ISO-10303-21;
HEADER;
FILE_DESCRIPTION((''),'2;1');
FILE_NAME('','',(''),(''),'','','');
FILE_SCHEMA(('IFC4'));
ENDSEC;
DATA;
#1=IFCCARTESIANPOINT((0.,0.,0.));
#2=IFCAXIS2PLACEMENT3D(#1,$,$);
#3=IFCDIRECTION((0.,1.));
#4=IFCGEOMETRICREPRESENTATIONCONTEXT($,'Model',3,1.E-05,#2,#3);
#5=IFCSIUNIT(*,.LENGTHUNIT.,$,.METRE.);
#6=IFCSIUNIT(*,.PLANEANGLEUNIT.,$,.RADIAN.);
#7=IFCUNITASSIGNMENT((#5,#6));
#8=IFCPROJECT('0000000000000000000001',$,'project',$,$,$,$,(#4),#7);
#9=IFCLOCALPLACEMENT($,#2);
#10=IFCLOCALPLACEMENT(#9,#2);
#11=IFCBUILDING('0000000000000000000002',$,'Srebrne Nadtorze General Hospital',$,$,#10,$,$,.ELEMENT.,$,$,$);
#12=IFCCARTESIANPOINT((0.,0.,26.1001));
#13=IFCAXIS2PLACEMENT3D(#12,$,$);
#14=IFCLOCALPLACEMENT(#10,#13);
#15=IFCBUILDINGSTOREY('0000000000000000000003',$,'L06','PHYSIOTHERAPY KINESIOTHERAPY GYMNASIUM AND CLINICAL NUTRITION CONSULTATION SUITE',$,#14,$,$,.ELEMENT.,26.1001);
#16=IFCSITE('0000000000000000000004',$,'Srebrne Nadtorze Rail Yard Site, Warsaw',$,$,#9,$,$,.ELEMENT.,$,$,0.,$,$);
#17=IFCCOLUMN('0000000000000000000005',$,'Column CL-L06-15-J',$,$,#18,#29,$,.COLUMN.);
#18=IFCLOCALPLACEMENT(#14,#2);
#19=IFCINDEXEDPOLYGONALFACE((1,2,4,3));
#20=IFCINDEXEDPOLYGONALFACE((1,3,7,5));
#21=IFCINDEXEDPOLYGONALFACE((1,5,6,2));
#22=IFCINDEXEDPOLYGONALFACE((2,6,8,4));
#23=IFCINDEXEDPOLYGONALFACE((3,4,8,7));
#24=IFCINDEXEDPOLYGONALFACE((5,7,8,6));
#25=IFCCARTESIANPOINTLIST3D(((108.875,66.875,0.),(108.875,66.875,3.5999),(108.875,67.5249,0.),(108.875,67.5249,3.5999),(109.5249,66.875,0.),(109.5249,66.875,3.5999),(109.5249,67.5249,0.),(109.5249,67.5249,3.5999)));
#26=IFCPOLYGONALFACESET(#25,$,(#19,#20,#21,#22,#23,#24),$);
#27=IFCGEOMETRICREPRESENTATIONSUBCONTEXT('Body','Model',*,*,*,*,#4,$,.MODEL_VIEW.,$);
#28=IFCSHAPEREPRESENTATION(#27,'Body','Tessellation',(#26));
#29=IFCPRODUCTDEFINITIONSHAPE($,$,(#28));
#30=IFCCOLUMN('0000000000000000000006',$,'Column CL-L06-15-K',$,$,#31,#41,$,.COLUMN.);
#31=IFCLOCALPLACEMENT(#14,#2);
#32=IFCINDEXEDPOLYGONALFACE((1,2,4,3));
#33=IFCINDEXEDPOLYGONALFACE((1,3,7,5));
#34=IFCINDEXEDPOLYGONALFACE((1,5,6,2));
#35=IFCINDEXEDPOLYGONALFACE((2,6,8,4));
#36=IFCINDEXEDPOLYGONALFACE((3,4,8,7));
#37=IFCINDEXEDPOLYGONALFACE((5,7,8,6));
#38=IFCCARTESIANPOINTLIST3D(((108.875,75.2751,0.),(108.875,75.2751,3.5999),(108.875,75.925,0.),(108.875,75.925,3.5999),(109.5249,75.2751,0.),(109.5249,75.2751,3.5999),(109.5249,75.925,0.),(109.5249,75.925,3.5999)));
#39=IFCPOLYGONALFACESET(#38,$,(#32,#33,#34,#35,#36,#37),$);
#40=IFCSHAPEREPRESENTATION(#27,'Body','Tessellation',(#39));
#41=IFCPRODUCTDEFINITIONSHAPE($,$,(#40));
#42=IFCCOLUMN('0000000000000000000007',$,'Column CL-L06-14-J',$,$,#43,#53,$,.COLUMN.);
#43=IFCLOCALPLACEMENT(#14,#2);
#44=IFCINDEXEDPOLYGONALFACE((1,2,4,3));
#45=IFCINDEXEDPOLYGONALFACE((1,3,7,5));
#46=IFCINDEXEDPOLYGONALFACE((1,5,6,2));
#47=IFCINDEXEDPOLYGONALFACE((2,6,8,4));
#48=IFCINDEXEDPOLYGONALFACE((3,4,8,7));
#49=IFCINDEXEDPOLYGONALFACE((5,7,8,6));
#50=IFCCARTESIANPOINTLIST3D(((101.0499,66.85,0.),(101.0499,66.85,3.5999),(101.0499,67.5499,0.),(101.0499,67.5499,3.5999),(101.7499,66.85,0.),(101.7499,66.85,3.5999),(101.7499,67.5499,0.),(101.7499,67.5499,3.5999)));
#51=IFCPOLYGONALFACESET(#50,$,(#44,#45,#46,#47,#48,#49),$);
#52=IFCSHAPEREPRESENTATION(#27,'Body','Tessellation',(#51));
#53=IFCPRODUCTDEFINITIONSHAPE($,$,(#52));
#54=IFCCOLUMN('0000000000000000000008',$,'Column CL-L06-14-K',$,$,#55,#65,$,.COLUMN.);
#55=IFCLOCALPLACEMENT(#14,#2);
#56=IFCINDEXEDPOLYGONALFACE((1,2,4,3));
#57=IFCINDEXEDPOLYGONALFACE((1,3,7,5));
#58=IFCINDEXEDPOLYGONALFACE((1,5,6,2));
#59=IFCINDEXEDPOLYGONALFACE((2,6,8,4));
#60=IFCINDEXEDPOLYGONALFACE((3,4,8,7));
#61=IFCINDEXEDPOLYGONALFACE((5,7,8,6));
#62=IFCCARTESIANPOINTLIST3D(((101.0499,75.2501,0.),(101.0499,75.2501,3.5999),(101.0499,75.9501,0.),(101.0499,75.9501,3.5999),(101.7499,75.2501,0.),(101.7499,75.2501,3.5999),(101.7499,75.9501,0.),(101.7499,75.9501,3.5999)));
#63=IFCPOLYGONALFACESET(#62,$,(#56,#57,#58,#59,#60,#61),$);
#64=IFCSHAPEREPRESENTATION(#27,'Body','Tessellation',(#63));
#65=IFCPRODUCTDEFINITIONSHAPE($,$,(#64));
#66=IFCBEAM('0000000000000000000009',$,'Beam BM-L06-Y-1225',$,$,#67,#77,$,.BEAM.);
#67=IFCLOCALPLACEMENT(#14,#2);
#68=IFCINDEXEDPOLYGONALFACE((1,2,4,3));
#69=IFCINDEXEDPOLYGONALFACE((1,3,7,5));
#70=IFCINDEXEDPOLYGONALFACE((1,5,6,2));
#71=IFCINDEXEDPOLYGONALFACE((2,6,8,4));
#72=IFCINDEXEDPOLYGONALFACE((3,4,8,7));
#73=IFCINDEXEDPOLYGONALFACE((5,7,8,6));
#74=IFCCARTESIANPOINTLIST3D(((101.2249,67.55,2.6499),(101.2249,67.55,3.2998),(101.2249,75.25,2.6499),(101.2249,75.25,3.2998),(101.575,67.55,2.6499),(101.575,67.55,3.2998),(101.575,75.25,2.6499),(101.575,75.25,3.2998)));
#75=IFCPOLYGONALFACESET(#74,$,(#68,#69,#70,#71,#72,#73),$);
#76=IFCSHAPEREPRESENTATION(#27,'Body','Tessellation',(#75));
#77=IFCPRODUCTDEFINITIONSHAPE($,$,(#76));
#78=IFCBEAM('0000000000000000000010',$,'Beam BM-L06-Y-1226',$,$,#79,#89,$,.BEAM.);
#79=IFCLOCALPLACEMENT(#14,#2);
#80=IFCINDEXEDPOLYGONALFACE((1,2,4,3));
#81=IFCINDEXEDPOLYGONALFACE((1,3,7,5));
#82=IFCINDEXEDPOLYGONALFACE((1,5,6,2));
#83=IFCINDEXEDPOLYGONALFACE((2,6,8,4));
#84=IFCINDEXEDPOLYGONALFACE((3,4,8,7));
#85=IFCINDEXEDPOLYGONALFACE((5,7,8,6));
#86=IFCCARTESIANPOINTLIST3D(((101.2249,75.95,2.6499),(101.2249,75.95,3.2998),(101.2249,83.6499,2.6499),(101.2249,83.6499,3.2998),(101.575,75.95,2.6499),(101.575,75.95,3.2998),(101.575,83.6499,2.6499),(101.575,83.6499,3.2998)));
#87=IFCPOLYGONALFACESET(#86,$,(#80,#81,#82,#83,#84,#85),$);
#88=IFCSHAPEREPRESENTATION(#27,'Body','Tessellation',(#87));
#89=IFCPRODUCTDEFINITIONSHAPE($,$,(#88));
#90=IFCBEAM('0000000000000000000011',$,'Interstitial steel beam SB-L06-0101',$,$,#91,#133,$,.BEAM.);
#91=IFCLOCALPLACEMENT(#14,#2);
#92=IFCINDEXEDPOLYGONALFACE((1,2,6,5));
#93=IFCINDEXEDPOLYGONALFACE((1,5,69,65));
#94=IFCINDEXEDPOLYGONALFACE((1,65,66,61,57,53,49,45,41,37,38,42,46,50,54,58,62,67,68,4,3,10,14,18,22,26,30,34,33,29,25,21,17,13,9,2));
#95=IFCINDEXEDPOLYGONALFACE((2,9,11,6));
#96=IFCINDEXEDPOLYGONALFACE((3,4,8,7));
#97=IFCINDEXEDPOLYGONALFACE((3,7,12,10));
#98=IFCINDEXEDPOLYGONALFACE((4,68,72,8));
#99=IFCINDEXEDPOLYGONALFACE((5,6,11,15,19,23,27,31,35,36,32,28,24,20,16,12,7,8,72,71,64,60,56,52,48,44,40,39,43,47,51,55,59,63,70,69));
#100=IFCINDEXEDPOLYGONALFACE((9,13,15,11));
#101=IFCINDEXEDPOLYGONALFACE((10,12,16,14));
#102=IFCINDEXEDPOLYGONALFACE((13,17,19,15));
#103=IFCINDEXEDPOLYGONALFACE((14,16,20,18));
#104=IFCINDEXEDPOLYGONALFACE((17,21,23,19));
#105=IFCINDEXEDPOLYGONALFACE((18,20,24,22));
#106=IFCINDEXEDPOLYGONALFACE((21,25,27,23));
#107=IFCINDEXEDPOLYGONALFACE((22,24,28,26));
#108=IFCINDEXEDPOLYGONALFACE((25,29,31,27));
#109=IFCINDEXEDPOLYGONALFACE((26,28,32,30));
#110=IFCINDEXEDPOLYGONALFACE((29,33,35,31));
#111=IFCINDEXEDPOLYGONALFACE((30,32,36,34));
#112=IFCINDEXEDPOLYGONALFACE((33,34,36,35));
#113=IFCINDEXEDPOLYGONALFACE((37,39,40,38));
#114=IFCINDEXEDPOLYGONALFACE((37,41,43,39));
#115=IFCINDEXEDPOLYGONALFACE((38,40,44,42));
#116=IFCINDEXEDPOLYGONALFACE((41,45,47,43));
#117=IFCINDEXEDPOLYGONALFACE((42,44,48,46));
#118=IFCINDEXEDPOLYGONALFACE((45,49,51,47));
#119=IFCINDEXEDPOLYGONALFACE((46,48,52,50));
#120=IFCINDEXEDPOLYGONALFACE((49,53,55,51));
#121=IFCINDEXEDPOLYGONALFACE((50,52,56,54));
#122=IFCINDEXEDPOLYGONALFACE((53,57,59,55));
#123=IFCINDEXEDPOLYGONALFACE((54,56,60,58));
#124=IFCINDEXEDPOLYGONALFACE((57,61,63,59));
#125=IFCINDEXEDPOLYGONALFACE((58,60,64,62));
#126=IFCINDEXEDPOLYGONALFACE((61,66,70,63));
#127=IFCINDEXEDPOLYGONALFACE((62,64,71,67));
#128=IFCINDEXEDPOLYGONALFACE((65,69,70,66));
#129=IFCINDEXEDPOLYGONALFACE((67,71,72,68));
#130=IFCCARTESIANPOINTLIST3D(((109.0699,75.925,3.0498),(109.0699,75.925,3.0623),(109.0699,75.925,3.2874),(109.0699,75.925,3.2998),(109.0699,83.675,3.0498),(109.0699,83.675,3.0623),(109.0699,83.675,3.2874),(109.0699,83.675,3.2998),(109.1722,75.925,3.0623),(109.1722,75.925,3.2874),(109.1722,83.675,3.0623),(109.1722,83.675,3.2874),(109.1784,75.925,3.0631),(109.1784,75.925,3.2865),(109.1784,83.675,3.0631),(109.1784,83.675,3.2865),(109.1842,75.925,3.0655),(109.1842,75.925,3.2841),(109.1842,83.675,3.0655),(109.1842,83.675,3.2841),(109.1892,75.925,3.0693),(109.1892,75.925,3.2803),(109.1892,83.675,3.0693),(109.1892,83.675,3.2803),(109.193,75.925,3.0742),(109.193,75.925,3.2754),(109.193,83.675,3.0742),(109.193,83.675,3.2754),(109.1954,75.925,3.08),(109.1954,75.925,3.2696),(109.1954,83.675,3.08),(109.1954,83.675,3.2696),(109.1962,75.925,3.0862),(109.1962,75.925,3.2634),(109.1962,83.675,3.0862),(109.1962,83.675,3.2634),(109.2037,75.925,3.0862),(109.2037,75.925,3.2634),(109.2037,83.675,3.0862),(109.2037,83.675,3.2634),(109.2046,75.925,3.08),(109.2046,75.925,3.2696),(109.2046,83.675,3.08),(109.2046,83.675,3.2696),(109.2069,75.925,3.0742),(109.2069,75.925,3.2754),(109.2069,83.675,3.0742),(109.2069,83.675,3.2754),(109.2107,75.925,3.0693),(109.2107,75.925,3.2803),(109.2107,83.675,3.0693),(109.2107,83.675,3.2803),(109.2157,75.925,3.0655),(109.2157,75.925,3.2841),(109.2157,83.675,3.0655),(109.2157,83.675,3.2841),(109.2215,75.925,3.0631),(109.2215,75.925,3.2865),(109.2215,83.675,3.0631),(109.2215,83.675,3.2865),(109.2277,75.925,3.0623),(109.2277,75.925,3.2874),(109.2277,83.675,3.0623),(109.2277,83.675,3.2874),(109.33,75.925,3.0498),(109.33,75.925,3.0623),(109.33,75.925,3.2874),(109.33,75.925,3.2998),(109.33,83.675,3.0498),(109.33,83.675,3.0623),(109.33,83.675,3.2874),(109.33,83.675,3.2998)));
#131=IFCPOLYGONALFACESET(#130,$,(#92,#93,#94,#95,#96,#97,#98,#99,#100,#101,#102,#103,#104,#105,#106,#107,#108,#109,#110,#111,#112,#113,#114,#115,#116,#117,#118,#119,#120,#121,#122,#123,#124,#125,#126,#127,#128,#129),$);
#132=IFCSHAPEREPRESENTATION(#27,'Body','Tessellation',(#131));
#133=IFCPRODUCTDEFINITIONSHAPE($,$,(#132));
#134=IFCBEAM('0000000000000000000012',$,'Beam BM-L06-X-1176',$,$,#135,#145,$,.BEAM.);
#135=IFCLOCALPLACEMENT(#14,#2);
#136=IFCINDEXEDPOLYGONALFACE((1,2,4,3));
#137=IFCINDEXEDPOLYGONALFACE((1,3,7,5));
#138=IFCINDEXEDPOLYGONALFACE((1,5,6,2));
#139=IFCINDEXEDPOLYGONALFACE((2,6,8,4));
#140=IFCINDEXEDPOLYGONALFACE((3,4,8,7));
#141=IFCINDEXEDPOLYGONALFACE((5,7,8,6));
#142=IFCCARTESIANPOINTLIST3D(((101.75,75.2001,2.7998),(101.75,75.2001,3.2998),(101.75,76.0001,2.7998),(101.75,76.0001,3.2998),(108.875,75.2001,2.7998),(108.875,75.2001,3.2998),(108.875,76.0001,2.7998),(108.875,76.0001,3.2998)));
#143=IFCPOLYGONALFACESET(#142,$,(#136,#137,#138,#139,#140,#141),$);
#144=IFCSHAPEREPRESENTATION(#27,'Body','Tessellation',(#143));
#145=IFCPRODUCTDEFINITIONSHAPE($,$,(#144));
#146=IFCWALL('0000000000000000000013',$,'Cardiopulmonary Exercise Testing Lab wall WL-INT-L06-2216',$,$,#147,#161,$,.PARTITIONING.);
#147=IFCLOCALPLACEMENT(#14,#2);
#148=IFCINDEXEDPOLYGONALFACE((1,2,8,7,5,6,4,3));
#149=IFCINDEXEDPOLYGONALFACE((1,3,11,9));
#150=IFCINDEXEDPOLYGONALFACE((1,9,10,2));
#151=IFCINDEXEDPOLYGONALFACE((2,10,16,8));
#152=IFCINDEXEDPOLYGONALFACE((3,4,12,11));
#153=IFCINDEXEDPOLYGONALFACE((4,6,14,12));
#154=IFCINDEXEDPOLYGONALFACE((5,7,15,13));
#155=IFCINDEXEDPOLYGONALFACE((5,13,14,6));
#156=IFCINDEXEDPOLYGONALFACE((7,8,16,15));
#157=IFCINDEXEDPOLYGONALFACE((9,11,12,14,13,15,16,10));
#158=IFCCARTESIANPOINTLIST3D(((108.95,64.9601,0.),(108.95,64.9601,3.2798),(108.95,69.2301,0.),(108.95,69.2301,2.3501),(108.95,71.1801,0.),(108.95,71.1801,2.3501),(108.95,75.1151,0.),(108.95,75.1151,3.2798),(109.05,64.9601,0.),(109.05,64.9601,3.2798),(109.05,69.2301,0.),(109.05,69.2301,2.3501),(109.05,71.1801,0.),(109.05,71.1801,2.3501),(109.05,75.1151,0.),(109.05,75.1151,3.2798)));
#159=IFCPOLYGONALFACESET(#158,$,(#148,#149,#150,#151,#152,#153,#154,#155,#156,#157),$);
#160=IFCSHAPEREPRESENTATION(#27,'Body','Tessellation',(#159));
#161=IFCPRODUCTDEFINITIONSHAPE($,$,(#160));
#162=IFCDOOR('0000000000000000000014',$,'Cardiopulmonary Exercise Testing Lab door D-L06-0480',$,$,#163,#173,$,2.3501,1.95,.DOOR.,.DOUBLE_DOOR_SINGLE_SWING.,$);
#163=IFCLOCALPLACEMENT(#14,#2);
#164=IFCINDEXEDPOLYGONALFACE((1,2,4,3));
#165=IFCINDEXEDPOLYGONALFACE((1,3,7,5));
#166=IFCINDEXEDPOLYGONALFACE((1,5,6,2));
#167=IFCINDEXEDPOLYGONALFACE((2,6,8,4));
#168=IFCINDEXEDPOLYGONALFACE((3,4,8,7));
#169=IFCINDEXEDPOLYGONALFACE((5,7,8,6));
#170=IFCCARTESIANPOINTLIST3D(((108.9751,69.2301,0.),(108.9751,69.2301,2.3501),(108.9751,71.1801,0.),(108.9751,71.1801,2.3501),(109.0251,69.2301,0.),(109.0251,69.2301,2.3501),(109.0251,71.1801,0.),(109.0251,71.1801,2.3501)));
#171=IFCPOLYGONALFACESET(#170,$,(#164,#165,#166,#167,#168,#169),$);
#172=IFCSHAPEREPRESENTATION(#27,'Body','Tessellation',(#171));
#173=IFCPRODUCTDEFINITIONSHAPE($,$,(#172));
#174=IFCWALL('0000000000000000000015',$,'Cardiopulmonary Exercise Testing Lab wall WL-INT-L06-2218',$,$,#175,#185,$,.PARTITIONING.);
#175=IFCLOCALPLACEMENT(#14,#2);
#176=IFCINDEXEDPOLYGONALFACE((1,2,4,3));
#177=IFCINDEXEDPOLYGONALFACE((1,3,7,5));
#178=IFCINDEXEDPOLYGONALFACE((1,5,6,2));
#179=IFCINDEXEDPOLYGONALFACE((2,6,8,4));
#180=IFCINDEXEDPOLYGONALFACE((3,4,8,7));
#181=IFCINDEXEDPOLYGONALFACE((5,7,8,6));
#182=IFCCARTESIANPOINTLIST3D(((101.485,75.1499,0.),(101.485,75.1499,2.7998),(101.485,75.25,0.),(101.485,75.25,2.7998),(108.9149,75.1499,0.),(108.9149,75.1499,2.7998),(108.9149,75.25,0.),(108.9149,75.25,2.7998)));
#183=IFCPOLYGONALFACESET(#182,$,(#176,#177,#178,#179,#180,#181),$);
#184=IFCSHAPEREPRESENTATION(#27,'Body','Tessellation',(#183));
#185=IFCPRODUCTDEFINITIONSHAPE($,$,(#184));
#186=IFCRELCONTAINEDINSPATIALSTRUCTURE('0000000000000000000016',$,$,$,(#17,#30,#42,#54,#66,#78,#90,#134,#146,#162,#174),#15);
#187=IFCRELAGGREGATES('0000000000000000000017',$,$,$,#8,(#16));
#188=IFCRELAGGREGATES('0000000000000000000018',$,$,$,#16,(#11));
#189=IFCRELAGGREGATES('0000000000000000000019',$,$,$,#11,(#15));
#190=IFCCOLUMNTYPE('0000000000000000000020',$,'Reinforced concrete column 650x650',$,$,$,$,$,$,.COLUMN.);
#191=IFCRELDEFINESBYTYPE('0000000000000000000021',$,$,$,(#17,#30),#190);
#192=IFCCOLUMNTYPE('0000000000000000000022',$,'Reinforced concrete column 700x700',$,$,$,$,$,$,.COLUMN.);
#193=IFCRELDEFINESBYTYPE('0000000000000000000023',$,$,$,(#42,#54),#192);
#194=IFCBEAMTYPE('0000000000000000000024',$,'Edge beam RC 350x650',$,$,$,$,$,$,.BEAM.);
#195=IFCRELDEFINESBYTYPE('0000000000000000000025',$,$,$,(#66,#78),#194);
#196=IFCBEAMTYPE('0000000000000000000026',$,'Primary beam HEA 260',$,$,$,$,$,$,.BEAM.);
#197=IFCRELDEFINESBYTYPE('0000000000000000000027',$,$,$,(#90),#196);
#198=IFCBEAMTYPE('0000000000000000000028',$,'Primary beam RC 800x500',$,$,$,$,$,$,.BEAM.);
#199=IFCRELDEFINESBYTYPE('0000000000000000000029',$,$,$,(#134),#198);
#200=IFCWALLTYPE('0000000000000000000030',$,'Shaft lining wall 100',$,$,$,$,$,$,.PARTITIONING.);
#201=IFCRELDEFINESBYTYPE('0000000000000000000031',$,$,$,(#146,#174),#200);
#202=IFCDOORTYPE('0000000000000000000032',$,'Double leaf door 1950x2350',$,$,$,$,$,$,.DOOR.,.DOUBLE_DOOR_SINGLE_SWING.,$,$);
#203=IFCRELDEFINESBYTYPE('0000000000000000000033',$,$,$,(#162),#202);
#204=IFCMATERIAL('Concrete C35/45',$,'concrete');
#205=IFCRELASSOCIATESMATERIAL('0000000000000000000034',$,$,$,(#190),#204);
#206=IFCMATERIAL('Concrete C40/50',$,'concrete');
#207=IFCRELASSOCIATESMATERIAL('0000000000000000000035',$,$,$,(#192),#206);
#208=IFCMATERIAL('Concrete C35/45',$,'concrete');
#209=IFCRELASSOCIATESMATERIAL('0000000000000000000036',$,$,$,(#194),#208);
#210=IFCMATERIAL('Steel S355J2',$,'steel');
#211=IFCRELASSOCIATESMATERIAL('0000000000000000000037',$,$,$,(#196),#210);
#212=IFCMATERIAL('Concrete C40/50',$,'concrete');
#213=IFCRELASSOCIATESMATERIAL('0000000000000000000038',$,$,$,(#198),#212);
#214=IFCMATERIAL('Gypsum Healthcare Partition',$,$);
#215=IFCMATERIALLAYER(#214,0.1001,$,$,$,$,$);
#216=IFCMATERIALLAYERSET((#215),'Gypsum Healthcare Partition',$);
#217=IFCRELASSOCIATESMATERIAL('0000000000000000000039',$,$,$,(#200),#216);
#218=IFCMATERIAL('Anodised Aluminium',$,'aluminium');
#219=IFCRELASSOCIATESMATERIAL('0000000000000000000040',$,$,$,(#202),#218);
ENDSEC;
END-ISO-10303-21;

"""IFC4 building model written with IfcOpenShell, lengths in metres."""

from ifc_helpers import new_model, si_unit, direction, frame, frame_2d, origin, origin_2d, place, context, subcontext, project, spatial, rectangle, i_section, extrude, material, layer, layer_set, material_profile, profile_set, type_object, element, fill, save


model = new_model("IFC4")

# Units and contexts
model_context = context("Model", 3, precision=1e-05, world=origin(), true_north=direction((0.0, 1.0)))
body_context = subcontext(model_context, "Body", "Model", "MODEL_VIEW")
ifc_project = project(units=[si_unit("LENGTHUNIT", "METRE"), si_unit("PLANEANGLEUNIT", "RADIAN")], contexts=[model_context])

# Site, building, storey
site_placement = place(None, origin())
site = spatial("IfcSite", under=ifc_project, at=site_placement, Name="Srebrne Nadtorze Rail Yard Site, Warsaw", CompositionType="ELEMENT", RefElevation=0.0)
building_placement = place(site_placement, origin())
building = spatial("IfcBuilding", under=site, at=building_placement, Name="Srebrne Nadtorze General Hospital", CompositionType="ELEMENT")
storey_placement = place(building_placement, frame((0.0, 0.0, 26.1001)))
storey = spatial("IfcBuildingStorey", under=building, at=storey_placement, Name="L06", Description="PHYSIOTHERAPY KINESIOTHERAPY GYMNASIUM AND CLINICAL NUTRITION CONSULTATION SUITE", CompositionType="ELEMENT", Elevation=26.1001)

# Columns
ifc_material_1 = material(Name="Concrete C35/45", Category="concrete")
ifc_material_profile_1 = material_profile(ifc_material_1, rectangle(XDim=0.6499, YDim=0.6499, at=origin_2d()), Name="RC-COL-650x650")
ifc_profile_set_1 = profile_set([ifc_material_profile_1], Name="Concrete C35/45")
column_type_1 = type_object("IfcColumnType", Name="Reinforced concrete column 650x650", PredefinedType="COLUMN", material=ifc_profile_set_1)
for number, where, z_axis, x_axis, name in (
    (1, (109.2, 67.2, 0.0), (0.0, 0.0, 1.0), (1.0, 0.0, 0.0), "Column CL-L06-15-J"),
    (2, (109.2, 75.6001, 0.0), (0.0, 0.0, 1.0), (1.0, 0.0, 0.0), "Column CL-L06-15-K"),
):
    element("IfcColumn", number, at=place(storey_placement, frame(where, z_axis=z_axis, x_axis=x_axis)), inside=storey, type_object=column_type_1, Name=name, PredefinedType="COLUMN", context=body_context, shape_type="SweptSolid", body=[
        extrude(rectangle(XDim=0.6499, YDim=0.6499, at=origin_2d()), origin(), (0.0, 0.0, 1.0), 3.5999),
    ])
ifc_material_2 = material(Name="Concrete C40/50", Category="concrete")
ifc_material_profile_2 = material_profile(ifc_material_2, rectangle(XDim=0.7, YDim=0.7, at=origin_2d()), Name="RC-COL-700x700")
ifc_profile_set_2 = profile_set([ifc_material_profile_2], Name="Concrete C40/50")
column_type_2 = type_object("IfcColumnType", Name="Reinforced concrete column 700x700", PredefinedType="COLUMN", material=ifc_profile_set_2)
for number, where, z_axis, x_axis, name in (
    (3, (101.3999, 67.2, 0.0), (0.0, 0.0, 1.0), (1.0, 0.0, 0.0), "Column CL-L06-14-J"),
    (4, (101.3999, 75.6001, 0.0), (0.0, 0.0, 1.0), (1.0, 0.0, 0.0), "Column CL-L06-14-K"),
):
    element("IfcColumn", number, at=place(storey_placement, frame(where, z_axis=z_axis, x_axis=x_axis)), inside=storey, type_object=column_type_2, Name=name, PredefinedType="COLUMN", context=body_context, shape_type="SweptSolid", body=[
        extrude(rectangle(XDim=0.7, YDim=0.7, at=origin_2d()), origin(), (0.0, 0.0, 1.0), 3.5999),
    ])

# Beams
ifc_material_3 = material(Name="Concrete C35/45", Category="concrete")
ifc_material_profile_3 = material_profile(ifc_material_3, rectangle(XDim=0.3501, YDim=0.6499, at=origin_2d()), Name="RC-BM-350x650")
ifc_profile_set_3 = profile_set([ifc_material_profile_3], Name="Concrete C35/45")
beam_type_1 = type_object("IfcBeamType", Name="Edge beam RC 350x650", PredefinedType="BEAM", material=ifc_profile_set_3)
for number, where, z_axis, x_axis, name in (
    (5, (101.3999, 67.55, 2.9749), (0.0, 1.0, 0.0), (-1.0, 0.0, 0.0), "Beam BM-L06-Y-1225"),
    (6, (101.3999, 75.95, 2.9749), (0.0, 1.0, 0.0), (-1.0, 0.0, 0.0), "Beam BM-L06-Y-1226"),
):
    element("IfcBeam", number, at=place(storey_placement, frame(where, z_axis=z_axis, x_axis=x_axis)), inside=storey, type_object=beam_type_1, Name=name, PredefinedType="BEAM", context=body_context, shape_type="SweptSolid", body=[
        extrude(rectangle(XDim=0.3501, YDim=0.6499, at=origin_2d()), origin(), (0.0, 0.0, 1.0), 7.7),
    ])
ifc_material_4 = material(Name="Steel S355J2", Category="steel")
ifc_material_profile_4 = material_profile(ifc_material_4, i_section(OverallWidth=0.26, OverallDepth=0.25, WebThickness=0.0076, FlangeThickness=0.0125, FilletRadius=0.0239, at=origin_2d()), Name="HEA-260")
ifc_profile_set_4 = profile_set([ifc_material_profile_4], Name="Steel S355J2")
beam_type_2 = type_object("IfcBeamType", Name="Primary beam HEA 260", PredefinedType="BEAM", material=ifc_profile_set_4)
beam_1_placement = place(storey_placement, frame((109.2, 75.925, 3.1748), z_axis=(0.0, 1.0, 0.0), x_axis=(-1.0, 0.0, 0.0)))
element("IfcBeam", 7, at=beam_1_placement, inside=storey, type_object=beam_type_2, Name="Interstitial steel beam SB-L06-0101", PredefinedType="BEAM", context=body_context, shape_type="SweptSolid", body=[
    extrude(i_section(OverallWidth=0.26, OverallDepth=0.25, WebThickness=0.0076, FlangeThickness=0.0125, FilletRadius=0.0239, at=origin_2d()), origin(), (0.0, 0.0, 1.0), 7.75),
])
ifc_material_5 = material(Name="Concrete C40/50", Category="concrete")
ifc_material_profile_5 = material_profile(ifc_material_5, rectangle(XDim=0.8, YDim=0.5, at=origin_2d()), Name="RC-BM-800x500")
ifc_profile_set_5 = profile_set([ifc_material_profile_5], Name="Concrete C40/50")
beam_type_3 = type_object("IfcBeamType", Name="Primary beam RC 800x500", PredefinedType="BEAM", material=ifc_profile_set_5)
beam_2_placement = place(storey_placement, frame((101.75, 75.6001, 3.0498), z_axis=(1.0, 0.0, 0.0), x_axis=(0.0, 1.0, 0.0)))
element("IfcBeam", 8, at=beam_2_placement, inside=storey, type_object=beam_type_3, Name="Beam BM-L06-X-1176", PredefinedType="BEAM", context=body_context, shape_type="SweptSolid", body=[
    extrude(rectangle(XDim=0.8, YDim=0.5, at=origin_2d()), origin(), (0.0, 0.0, 1.0), 7.125),
])

# Wall, opening, door
ifc_material_6 = material(Name="Gypsum Healthcare Partition")
ifc_layer_1 = layer(ifc_material_6, 0.1001)
ifc_layer_set_1 = layer_set([ifc_layer_1], Name="Gypsum Healthcare Partition")
wall_type_1 = type_object("IfcWallType", Name="Shaft lining wall 100", PredefinedType="PARTITIONING", material=ifc_layer_set_1)
wall_1_placement = place(storey_placement, frame((109.0, 64.96, 0.0), z_axis=(0.0, 0.0, 1.0), x_axis=(0.0, 1.0, 0.0)))
wall_1 = element("IfcWall", 9, at=wall_1_placement, inside=storey, type_object=wall_type_1, Name="Cardiopulmonary Exercise Testing Lab wall WL-INT-L06-2216", PredefinedType="PARTITIONING", context=body_context, shape_type="SweptSolid", body=[
    extrude(rectangle(XDim=10.155, YDim=0.1001, at=frame_2d((5.0776, 0.0))), origin(), (0.0, 0.0, 1.0), 3.2798),
])
opening_1_placement = place(wall_1_placement, frame((4.27, 0.0, 0.0)))
opening_1 = element("IfcOpeningElement", 10, at=opening_1_placement, cuts=wall_1, PredefinedType="OPENING", context=body_context, shape_type="SweptSolid", body=[
    extrude(rectangle(XDim=1.95, YDim=2.3501, at=frame_2d((0.9751, 1.175))), frame((0.0, 0.062, 0.0), z_axis=(0.0, -1.0, 0.0), x_axis=(1.0, 0.0, 0.0)), (0.0, 0.0, 1.0), 0.124),
])
ifc_material_7 = material(Name="Anodised Aluminium", Category="aluminium")
door_type = type_object("IfcDoorType", Name="Double leaf door 1950x2350", OperationType="DOUBLE_DOOR_SINGLE_SWING", PredefinedType="DOOR", material=ifc_material_7)
door_placement = place(opening_1_placement, origin())
door = element("IfcDoor", 11, at=door_placement, inside=storey, type_object=door_type, Name="Cardiopulmonary Exercise Testing Lab door D-L06-0480", OperationType="DOUBLE_DOOR_SINGLE_SWING", OverallHeight=2.3501, OverallWidth=1.95, PredefinedType="DOOR", context=body_context, shape_type="SweptSolid", body=[
    extrude(rectangle(XDim=1.95, YDim=2.3501, at=frame_2d((0.9751, 1.175))), frame((0.0, 0.0249, 0.0), z_axis=(0.0, -1.0, 0.0), x_axis=(1.0, 0.0, 0.0)), (0.0, 0.0, 1.0), 0.05),
])
fill(opening_1, door)

# Wall
wall_2_placement = place(storey_placement, frame((101.4851, 75.2, 0.0), z_axis=(0.0, 0.0, 1.0), x_axis=(1.0, 0.0, 0.0)))
element("IfcWall", 12, at=wall_2_placement, inside=storey, type_object=wall_type_1, Name="Cardiopulmonary Exercise Testing Lab wall WL-INT-L06-2218", PredefinedType="PARTITIONING", context=body_context, shape_type="SweptSolid", body=[
    extrude(rectangle(XDim=7.4299, YDim=0.1001, at=frame_2d((3.7148, 0.0))), origin(), (0.0, 0.0, 1.0), 2.7998),
])

save(model, "model.ifc")
